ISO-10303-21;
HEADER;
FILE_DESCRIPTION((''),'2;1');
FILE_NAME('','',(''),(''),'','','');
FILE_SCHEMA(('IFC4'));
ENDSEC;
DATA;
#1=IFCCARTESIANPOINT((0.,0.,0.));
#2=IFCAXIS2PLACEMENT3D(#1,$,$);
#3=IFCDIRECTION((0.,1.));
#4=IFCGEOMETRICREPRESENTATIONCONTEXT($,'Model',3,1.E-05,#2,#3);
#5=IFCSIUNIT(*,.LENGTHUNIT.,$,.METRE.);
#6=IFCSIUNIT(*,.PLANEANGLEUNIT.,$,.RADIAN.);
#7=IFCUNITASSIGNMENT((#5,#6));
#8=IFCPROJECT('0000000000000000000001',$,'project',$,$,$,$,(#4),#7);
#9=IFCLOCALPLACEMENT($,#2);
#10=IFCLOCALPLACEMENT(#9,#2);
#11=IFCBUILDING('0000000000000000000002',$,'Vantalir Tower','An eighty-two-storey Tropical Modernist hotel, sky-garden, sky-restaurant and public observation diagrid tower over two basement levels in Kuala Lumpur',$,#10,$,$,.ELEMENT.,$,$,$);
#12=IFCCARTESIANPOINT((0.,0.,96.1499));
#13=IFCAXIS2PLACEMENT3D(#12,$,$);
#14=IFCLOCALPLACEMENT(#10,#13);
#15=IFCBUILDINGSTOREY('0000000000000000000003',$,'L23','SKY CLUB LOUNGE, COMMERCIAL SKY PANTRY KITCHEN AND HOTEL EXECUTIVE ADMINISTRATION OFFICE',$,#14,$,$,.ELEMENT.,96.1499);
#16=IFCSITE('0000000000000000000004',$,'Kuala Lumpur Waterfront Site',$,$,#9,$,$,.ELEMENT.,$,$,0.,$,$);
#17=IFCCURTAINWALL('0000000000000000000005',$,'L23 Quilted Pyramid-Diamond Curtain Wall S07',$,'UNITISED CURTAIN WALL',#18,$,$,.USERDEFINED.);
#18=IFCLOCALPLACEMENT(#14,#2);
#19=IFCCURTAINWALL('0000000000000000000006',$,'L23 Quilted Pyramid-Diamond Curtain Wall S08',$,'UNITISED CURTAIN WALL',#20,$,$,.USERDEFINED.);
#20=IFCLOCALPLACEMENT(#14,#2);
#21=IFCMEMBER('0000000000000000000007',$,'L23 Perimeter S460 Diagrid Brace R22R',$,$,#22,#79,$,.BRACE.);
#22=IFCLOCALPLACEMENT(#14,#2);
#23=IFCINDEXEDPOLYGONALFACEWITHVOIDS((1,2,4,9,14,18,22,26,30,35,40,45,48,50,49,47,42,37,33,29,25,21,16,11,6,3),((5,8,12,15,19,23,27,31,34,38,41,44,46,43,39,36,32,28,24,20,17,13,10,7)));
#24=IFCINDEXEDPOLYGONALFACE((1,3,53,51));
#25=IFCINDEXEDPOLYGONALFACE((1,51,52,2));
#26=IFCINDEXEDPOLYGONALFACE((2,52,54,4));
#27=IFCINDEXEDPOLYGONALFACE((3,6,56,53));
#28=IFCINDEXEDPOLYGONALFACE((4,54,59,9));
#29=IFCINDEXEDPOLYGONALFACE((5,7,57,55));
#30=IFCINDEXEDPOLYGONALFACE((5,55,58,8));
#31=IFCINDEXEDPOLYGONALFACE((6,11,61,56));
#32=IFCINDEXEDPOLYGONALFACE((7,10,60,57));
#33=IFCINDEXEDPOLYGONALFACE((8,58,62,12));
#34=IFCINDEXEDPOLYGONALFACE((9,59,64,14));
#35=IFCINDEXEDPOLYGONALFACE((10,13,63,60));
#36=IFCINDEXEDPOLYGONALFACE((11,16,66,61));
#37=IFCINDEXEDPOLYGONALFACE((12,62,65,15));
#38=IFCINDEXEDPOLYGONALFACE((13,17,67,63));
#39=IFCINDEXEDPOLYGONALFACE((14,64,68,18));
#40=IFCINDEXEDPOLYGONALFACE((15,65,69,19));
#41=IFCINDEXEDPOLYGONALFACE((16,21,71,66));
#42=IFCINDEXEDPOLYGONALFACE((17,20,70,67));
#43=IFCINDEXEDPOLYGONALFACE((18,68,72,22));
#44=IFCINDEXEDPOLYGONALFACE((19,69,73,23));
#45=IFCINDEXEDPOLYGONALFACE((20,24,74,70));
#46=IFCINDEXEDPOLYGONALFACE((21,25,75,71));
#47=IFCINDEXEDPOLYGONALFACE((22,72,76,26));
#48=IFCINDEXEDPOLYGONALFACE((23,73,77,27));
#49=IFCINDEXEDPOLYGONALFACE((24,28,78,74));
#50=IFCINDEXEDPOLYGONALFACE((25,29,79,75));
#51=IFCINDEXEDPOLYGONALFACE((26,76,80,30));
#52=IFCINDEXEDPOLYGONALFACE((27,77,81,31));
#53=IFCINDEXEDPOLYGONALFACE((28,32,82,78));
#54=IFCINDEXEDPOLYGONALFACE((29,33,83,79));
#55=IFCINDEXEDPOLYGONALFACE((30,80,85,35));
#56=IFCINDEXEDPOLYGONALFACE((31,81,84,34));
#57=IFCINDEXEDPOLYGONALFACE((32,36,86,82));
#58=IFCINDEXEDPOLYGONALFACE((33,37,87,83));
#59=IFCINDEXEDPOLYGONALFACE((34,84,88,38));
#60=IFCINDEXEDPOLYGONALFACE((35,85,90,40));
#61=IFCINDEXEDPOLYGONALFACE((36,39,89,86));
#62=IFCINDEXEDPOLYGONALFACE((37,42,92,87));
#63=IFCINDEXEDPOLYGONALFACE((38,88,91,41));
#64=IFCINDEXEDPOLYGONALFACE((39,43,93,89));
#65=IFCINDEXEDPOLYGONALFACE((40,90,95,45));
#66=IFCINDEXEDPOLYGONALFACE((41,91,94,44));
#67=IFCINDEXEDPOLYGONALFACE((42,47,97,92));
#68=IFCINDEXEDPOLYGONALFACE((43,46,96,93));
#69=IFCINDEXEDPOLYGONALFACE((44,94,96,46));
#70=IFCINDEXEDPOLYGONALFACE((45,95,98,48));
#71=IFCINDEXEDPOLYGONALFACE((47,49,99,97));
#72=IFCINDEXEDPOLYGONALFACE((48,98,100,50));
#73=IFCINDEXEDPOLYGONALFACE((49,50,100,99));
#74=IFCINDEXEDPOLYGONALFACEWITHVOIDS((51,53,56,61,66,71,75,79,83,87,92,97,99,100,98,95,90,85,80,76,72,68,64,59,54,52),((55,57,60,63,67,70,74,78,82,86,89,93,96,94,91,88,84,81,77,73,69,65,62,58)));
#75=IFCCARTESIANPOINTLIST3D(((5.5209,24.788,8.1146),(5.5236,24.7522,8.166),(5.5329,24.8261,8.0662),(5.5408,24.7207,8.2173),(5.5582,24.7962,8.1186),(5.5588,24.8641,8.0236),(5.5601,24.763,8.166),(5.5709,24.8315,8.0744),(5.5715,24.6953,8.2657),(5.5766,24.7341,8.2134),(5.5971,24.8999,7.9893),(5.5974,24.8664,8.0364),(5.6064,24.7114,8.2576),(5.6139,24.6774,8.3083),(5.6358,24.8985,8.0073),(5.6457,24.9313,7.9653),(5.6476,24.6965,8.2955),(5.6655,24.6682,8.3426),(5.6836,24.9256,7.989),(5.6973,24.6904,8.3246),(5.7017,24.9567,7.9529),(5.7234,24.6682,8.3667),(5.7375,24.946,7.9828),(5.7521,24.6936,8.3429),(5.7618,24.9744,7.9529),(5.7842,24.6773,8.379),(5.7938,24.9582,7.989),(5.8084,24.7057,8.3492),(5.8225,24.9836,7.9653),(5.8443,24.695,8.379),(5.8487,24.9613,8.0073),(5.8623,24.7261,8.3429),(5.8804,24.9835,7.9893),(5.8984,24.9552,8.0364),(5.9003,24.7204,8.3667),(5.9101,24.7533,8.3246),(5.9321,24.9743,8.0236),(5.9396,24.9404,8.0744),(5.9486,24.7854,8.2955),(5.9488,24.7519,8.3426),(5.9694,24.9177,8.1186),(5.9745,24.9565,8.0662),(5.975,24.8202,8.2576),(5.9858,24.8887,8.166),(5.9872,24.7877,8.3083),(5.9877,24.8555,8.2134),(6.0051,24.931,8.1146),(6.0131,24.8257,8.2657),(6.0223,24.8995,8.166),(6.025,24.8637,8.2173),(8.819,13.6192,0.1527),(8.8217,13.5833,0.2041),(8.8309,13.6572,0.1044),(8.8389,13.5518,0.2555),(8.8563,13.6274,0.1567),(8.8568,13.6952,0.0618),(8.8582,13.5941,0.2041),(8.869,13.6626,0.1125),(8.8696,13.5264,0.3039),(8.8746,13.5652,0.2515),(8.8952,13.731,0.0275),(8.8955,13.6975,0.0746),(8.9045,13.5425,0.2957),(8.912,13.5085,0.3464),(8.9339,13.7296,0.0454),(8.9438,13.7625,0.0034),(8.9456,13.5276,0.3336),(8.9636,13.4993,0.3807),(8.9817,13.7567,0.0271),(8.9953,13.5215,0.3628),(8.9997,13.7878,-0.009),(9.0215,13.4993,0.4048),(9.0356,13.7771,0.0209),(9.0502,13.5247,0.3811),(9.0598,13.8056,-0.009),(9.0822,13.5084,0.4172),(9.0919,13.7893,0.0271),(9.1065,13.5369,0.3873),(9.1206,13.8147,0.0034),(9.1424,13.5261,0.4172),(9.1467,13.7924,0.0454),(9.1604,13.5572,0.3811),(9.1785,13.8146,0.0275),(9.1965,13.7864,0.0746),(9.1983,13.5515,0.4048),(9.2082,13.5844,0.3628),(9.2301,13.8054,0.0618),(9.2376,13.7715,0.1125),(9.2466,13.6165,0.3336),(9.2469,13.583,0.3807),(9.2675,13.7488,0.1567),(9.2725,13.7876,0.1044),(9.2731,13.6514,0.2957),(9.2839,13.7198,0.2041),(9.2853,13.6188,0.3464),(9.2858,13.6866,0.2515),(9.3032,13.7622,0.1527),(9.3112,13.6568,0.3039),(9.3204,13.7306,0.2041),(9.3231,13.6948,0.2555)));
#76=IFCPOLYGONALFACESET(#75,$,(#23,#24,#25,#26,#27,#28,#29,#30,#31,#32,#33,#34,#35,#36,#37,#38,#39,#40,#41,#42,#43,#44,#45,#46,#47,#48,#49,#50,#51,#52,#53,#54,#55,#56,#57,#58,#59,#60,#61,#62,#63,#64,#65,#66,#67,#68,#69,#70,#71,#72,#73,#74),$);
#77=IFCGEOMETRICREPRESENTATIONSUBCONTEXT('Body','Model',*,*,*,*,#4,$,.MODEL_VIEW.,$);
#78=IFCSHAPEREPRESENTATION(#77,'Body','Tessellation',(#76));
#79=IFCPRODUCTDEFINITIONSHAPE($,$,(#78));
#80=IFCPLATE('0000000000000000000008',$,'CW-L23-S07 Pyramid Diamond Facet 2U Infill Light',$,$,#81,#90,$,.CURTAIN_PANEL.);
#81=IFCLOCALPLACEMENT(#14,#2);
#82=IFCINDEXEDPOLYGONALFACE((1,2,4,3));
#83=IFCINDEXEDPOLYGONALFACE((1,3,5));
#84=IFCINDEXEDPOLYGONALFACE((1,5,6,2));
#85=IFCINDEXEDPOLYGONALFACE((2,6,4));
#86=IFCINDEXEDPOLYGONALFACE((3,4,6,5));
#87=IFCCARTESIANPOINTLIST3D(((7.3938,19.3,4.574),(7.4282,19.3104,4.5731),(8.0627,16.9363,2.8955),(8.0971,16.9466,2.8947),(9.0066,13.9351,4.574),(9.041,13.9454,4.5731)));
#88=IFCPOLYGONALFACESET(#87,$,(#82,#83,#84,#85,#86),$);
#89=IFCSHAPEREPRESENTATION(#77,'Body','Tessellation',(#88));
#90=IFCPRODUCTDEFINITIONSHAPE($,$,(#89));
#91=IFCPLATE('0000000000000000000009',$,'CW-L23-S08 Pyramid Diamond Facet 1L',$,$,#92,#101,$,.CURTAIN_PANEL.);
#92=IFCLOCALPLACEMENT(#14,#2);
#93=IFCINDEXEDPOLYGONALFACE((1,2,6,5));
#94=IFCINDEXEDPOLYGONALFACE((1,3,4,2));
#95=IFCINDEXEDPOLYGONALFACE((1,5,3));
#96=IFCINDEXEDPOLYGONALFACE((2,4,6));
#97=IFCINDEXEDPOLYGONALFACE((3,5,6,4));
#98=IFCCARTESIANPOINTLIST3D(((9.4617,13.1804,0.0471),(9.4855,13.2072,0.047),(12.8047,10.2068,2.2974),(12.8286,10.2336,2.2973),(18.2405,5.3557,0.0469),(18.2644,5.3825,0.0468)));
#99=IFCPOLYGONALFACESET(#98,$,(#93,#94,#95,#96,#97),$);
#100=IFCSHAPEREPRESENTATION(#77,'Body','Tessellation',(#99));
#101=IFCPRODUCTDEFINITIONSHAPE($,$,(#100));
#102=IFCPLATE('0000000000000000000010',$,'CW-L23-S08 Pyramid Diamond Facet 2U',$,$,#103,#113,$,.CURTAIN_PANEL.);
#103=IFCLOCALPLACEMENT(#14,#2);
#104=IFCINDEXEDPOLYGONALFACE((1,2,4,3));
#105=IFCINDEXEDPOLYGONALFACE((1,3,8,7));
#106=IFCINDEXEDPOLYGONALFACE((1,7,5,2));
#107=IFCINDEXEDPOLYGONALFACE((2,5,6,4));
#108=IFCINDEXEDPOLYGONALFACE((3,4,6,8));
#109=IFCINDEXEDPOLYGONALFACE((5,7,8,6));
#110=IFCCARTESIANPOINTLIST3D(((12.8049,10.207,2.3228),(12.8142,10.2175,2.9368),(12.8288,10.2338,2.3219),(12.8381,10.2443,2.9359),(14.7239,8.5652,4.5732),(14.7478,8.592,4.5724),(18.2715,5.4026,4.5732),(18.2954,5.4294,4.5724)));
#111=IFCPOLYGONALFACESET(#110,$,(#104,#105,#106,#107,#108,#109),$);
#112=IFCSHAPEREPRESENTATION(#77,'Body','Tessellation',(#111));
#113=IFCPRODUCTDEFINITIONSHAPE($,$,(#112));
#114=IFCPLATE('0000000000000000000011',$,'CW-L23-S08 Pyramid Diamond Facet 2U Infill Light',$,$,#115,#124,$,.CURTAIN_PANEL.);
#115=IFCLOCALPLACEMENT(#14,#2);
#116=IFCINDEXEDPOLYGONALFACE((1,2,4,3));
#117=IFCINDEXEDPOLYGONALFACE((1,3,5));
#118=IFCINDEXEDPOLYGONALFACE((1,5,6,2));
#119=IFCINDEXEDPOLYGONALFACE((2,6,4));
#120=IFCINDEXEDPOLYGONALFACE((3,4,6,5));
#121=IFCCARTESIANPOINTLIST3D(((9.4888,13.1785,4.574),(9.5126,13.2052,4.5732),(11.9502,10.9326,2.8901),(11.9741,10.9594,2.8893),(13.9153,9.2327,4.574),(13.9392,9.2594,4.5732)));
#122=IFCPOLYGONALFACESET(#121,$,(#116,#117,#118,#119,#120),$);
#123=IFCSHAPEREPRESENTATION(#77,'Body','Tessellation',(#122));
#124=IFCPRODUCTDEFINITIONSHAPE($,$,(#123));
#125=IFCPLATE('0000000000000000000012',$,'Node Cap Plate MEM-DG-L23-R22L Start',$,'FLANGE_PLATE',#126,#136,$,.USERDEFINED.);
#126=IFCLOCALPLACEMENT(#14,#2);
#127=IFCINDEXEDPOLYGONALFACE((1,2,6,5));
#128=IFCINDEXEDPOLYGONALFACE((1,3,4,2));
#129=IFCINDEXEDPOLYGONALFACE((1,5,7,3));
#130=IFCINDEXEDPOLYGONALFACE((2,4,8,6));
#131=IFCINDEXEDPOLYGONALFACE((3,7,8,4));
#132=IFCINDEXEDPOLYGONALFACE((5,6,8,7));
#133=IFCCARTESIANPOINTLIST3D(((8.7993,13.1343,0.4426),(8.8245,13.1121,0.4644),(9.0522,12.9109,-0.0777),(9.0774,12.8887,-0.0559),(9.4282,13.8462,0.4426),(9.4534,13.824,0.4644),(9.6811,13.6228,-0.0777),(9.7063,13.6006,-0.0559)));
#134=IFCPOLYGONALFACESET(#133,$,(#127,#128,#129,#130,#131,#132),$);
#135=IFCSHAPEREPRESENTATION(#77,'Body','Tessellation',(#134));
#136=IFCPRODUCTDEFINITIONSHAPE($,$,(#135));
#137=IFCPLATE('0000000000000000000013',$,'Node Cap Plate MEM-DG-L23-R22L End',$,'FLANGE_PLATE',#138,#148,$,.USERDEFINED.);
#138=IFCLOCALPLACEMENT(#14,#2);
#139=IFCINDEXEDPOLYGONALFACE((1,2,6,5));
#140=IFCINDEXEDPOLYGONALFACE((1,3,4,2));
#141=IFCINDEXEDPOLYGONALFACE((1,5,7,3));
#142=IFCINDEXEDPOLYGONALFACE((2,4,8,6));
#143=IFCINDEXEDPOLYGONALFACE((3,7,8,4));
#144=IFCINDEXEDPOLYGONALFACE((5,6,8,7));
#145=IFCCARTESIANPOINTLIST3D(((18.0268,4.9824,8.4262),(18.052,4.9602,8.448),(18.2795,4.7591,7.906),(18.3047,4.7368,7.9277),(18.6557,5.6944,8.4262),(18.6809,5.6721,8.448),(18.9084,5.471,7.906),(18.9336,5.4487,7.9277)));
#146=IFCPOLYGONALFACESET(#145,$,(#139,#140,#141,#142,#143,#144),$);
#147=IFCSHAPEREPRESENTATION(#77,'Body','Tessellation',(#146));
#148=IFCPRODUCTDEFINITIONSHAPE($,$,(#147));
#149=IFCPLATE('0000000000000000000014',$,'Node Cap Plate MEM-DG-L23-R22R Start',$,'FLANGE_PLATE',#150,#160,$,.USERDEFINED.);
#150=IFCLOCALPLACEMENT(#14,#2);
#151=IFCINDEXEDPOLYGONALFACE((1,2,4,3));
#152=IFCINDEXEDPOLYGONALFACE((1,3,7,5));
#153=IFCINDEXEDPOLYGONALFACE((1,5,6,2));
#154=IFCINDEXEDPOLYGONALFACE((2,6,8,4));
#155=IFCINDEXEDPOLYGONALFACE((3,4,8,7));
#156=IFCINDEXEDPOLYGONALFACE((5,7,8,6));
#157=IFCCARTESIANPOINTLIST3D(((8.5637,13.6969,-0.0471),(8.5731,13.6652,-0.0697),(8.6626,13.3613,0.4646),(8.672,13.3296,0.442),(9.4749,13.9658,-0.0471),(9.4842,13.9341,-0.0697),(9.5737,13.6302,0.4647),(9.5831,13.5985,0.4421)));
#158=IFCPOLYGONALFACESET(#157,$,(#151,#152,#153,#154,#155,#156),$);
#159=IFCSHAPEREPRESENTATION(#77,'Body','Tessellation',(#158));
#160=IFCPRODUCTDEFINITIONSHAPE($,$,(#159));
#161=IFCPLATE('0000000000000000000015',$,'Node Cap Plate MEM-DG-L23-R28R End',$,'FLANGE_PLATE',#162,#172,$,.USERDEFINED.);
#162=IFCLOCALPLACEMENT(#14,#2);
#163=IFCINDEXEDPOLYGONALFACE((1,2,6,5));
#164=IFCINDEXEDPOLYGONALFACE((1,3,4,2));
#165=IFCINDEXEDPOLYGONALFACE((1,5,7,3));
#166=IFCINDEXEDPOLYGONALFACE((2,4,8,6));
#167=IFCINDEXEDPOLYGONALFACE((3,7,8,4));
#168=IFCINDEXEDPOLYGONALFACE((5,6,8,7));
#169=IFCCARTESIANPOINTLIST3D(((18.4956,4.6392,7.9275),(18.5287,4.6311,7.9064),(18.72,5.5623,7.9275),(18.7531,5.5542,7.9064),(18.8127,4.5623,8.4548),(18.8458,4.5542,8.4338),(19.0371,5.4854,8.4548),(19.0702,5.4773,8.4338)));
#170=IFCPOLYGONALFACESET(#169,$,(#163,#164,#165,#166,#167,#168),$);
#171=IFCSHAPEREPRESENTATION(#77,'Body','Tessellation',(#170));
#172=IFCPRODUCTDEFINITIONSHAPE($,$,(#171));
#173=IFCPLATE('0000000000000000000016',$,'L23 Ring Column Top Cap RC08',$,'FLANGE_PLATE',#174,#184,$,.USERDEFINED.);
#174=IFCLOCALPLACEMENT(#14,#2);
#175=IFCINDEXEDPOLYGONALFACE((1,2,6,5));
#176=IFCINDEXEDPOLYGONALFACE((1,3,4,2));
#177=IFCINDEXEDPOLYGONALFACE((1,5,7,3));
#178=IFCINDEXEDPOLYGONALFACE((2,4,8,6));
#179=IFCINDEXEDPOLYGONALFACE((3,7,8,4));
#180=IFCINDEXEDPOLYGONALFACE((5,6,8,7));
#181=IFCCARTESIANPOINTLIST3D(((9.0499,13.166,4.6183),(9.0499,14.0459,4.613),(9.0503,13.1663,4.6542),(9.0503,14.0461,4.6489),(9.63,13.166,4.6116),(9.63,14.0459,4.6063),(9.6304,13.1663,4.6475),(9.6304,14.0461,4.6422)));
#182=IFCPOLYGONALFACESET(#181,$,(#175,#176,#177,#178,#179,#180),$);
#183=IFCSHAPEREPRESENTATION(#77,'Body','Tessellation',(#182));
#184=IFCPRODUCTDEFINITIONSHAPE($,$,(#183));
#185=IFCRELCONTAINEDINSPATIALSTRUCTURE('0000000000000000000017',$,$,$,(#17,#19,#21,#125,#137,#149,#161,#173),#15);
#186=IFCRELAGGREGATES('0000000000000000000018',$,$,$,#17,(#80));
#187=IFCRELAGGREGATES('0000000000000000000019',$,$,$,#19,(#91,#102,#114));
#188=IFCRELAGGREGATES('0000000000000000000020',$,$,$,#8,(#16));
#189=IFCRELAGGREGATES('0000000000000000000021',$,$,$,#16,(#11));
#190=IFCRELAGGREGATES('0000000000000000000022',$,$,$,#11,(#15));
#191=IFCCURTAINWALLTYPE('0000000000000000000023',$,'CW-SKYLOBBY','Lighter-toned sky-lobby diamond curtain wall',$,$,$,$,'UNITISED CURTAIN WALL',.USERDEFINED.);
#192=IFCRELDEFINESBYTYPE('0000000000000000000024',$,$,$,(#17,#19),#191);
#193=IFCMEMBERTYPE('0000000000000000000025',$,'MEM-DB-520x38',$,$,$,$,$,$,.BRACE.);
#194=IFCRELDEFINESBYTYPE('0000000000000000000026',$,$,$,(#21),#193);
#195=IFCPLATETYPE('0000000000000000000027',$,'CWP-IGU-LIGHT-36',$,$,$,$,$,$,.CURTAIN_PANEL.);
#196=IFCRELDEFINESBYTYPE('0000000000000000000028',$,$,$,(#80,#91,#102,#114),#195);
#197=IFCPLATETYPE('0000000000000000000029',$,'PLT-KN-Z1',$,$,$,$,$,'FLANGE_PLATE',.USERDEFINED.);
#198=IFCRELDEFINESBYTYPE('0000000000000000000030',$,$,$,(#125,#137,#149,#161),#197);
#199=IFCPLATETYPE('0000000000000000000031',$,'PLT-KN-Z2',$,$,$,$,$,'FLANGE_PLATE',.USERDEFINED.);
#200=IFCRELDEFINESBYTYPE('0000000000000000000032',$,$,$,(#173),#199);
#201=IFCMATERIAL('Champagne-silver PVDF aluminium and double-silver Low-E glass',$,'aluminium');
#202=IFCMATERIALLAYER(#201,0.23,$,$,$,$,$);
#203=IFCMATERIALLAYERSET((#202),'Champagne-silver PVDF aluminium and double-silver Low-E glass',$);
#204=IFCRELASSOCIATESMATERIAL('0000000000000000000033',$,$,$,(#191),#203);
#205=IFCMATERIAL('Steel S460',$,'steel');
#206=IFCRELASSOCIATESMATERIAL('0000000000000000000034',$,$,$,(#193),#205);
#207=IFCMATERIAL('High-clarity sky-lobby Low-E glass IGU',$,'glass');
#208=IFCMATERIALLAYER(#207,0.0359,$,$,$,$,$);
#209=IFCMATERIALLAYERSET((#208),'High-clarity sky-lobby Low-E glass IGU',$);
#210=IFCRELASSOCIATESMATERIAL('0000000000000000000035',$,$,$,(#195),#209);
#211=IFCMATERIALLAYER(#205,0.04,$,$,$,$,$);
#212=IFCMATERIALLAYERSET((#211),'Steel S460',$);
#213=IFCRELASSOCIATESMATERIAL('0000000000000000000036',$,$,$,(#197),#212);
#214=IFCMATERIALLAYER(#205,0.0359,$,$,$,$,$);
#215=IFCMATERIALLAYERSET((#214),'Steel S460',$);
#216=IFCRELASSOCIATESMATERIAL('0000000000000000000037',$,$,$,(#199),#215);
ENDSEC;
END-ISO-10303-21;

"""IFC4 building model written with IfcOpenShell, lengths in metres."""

from ifc_helpers import new_model, si_unit, direction, frame, origin, origin_2d, place, context, subcontext, project, spatial, polyline, hollow_circle, outline, extrude, material, layer, layer_set, material_profile, profile_set, type_object, element, aggregate, save


model = new_model("IFC4")

# Units and contexts
model_context = context("Model", 3, precision=1e-05, world=origin(), true_north=direction((0.0, 1.0)))
body_context = subcontext(model_context, "Body", "Model", "MODEL_VIEW")
ifc_project = project(units=[si_unit("LENGTHUNIT", "METRE"), si_unit("PLANEANGLEUNIT", "RADIAN")], contexts=[model_context])

# Site, building, storey
site_placement = place(None, origin())
site = spatial("IfcSite", under=ifc_project, at=site_placement, Name="Kuala Lumpur Waterfront Site", CompositionType="ELEMENT", RefElevation=0.0)
building_placement = place(site_placement, origin())
building = spatial("IfcBuilding", under=site, at=building_placement, Name="Vantalir Tower", Description="An eighty-two-storey Tropical Modernist hotel, sky-garden, sky-restaurant and public observation diagrid tower over two basement levels in Kuala Lumpur", CompositionType="ELEMENT")
storey_placement = place(building_placement, frame((0.0, 0.0, 96.1499)))
storey = spatial("IfcBuildingStorey", under=building, at=storey_placement, Name="L23", Description="SKY CLUB LOUNGE, COMMERCIAL SKY PANTRY KITCHEN AND HOTEL EXECUTIVE ADMINISTRATION OFFICE", CompositionType="ELEMENT", Elevation=96.1499)

# Shared definitions
ifc_material_1 = material(Name="Steel S460", Category="steel")

# Curtain wall
ifc_material_2 = material(Name="Champagne-silver PVDF aluminium and double-silver Low-E glass", Category="aluminium")
ifc_layer_1 = layer(ifc_material_2, 0.23)
ifc_layer_set_1 = layer_set([ifc_layer_1], Name="Champagne-silver PVDF aluminium and double-silver Low-E glass")
curtain_wall_type = type_object("IfcCurtainWallType", Name="CW-SKYLOBBY", Description="Lighter-toned sky-lobby diamond curtain wall", ElementType="UNITISED CURTAIN WALL", PredefinedType="USERDEFINED", material=ifc_layer_set_1)
curtain_wall_1_placement = place(storey_placement, origin())
curtain_wall_1 = element("IfcCurtainWall", 1, at=curtain_wall_1_placement, inside=storey, type_object=curtain_wall_type, Name="L23 Quilted Pyramid-Diamond Curtain Wall S07", ObjectType="UNITISED CURTAIN WALL", PredefinedType="USERDEFINED")

# Curtain wall
curtain_wall_2_placement = place(storey_placement, origin())
curtain_wall_2 = element("IfcCurtainWall", 2, at=curtain_wall_2_placement, inside=storey, type_object=curtain_wall_type, Name="L23 Quilted Pyramid-Diamond Curtain Wall S08", ObjectType="UNITISED CURTAIN WALL", PredefinedType="USERDEFINED")

# Member
ifc_material_profile_1 = material_profile(ifc_material_1, hollow_circle(Radius=0.26, WallThickness=0.0381, at=origin_2d()), Name="Steel S460")
ifc_profile_set_1 = profile_set([ifc_material_profile_1], Name="Steel S460")
member_type_1 = type_object("IfcMemberType", Name="MEM-DB-520x38", PredefinedType="BRACE", material=ifc_profile_set_1)
member_1_placement = place(storey_placement, frame((9.071, 13.657, 0.2041), z_axis=(-0.233787, 0.791716, 0.564384), x_axis=(-0.95906, -0.283202, 0.0)))
element("IfcMember", 3, at=member_1_placement, inside=storey, type_object=member_type_1, Name="L23 Perimeter S460 Diagrid Brace R22R", PredefinedType="BRACE", context=body_context, shape_type="SweptSolid", body=[
    extrude(hollow_circle(Radius=0.26, WallThickness=0.0381, at=origin_2d()), origin(), (0.0, 0.0, 1.0), 14.1072),
])

# Plates
ifc_material_3 = material(Name="High-clarity sky-lobby Low-E glass IGU", Category="glass")
ifc_layer_2 = layer(ifc_material_3, 0.0359)
ifc_layer_set_2 = layer_set([ifc_layer_2], Name="High-clarity sky-lobby Low-E glass IGU")
plate_type_1 = type_object("IfcPlateType", Name="CWP-IGU-LIGHT-36", PredefinedType="CURTAIN_PANEL", material=ifc_layer_set_2)
plate_1_placement = place(storey_placement, frame((7.3938, 19.3, 4.574), z_axis=(-0.957394, -0.287806, 0.02375), x_axis=(0.287888, -0.957664, 0.0)))
plate_1 = element("IfcPlate", 4, at=plate_1_placement, type_object=plate_type_1, Name="CW-L23-S07 Pyramid Diamond Facet 2U Infill Light", PredefinedType="CURTAIN_PANEL", context=body_context, shape_type="SweptSolid", body=[
    extrude(outline(polyline([(0.0, 0.0), (5.6022, 0.0), (2.4563, -1.6789), (0.0, 0.0)])), origin(), (0.0, 0.0, -1.0), 0.0359),
])
aggregate(curtain_wall_1, [plate_1])
plate_2_placement = place(storey_placement, frame((9.4617, 13.1804, 0.0471), z_axis=(-0.665375, -0.746507, 0.00201), x_axis=(0.746508, -0.665376, -0.000021)))
plate_2 = element("IfcPlate", 5, at=plate_2_placement, type_object=plate_type_1, Name="CW-L23-S08 Pyramid Diamond Facet 1L", PredefinedType="CURTAIN_PANEL", context=body_context, shape_type="SweptSolid", body=[
    extrude(outline(polyline([(0.0, 0.0), (11.7598, 0.0), (4.4741, 2.2503), (0.0, 0.0)])), origin(), (0.0, 0.0, -1.0), 0.0359),
])
plate_3_placement = place(storey_placement, frame((14.7239, 8.5652, 4.5732), z_axis=(-0.665266, -0.746257, 0.022826), x_axis=(0.746452, -0.665439, 0.0)))
plate_3 = element("IfcPlate", 6, at=plate_3_placement, type_object=plate_type_1, Name="CW-L23-S08 Pyramid Diamond Facet 2U", PredefinedType="CURTAIN_PANEL", context=body_context, shape_type="SweptSolid", body=[
    extrude(outline(polyline([(0.0, 0.0), (4.7526, 0.0), (-2.5249, -2.2511), (-2.525, -1.6369), (0.0, 0.0)])), origin(), (0.0, 0.0, -1.0), 0.0359),
])
plate_4_placement = place(storey_placement, frame((9.4888, 13.1785, 4.574), z_axis=(-0.665236, -0.746281, 0.022927), x_axis=(0.746477, -0.665411, 0.0)))
plate_4 = element("IfcPlate", 7, at=plate_4_placement, type_object=plate_type_1, Name="CW-L23-S08 Pyramid Diamond Facet 2U Infill Light", PredefinedType="CURTAIN_PANEL", context=body_context, shape_type="SweptSolid", body=[
    extrude(outline(polyline([(0.0, 0.0), (5.9299, 0.0), (3.3318, -1.6843), (0.0, 0.0)])), origin(), (0.0, 0.0, -1.0), 0.0359),
])
aggregate(curtain_wall_2, [plate_2, plate_3, plate_4])

# Plates
ifc_layer_3 = layer(ifc_material_1, 0.04)
ifc_layer_set_3 = layer_set([ifc_layer_3], Name="Steel S460")
plate_type_2 = type_object("IfcPlateType", Name="PLT-KN-Z1", ElementType="FLANGE_PLATE", PredefinedType="USERDEFINED", material=ifc_layer_set_3)
plate_5_placement = place(storey_placement, frame((9.0774, 12.8887, -0.0559), z_axis=(0.628765, -0.555452, 0.544176), x_axis=(0.662064, 0.749448, 0.0)))
element("IfcPlate", 8, at=plate_5_placement, inside=storey, type_object=plate_type_2, Name="Node Cap Plate MEM-DG-L23-R22L Start", ObjectType="FLANGE_PLATE", PredefinedType="USERDEFINED", context=body_context, shape_type="SweptSolid", body=[
    extrude(outline(polyline([(0.0, 0.0), (0.9499, 0.0), (0.9499, 0.6201), (0.0, 0.6201), (0.0, 0.0)])), origin(), (0.0, 0.0, -1.0), 0.04),
])
plate_6_placement = place(storey_placement, frame((18.3047, 4.7368, 7.9277), z_axis=(0.628866, -0.555541, 0.543968), x_axis=(0.662064, 0.749448, 0.0)))
element("IfcPlate", 9, at=plate_6_placement, inside=storey, type_object=plate_type_2, Name="Node Cap Plate MEM-DG-L23-R22L End", ObjectType="FLANGE_PLATE", PredefinedType="USERDEFINED", context=body_context, shape_type="SweptSolid", body=[
    extrude(outline(polyline([(0.0, 0.0), (0.9499, 0.0), (0.95, 0.62), (0.0001, 0.62), (0.0, 0.0)])), origin(), (0.0, 0.0, -1.0), 0.04),
])
plate_7_placement = place(storey_placement, frame((9.4749, 13.9658, -0.0471), z_axis=(-0.233687, 0.791757, 0.564367), x_axis=(-0.959086, -0.283115, 0.000057)))
element("IfcPlate", 10, at=plate_7_placement, inside=storey, type_object=plate_type_2, Name="Node Cap Plate MEM-DG-L23-R22R Start", ObjectType="FLANGE_PLATE", PredefinedType="USERDEFINED", context=body_context, shape_type="SweptSolid", body=[
    extrude(outline(polyline([(0.0, 0.0), (0.95, 0.0), (0.9502, 0.6198), (0.0002, 0.6199), (0.0, 0.0)])), origin(), (0.0, 0.0, -1.0), 0.04),
])
plate_8_placement = place(storey_placement, frame((18.72, 5.5623, 7.9275), z_axis=(-0.826295, 0.200837, 0.526214), x_axis=(-0.236181, -0.971709, 0.0)))
element("IfcPlate", 11, at=plate_8_placement, inside=storey, type_object=plate_type_2, Name="Node Cap Plate MEM-DG-L23-R28R End", ObjectType="FLANGE_PLATE", PredefinedType="USERDEFINED", context=body_context, shape_type="SweptSolid", body=[
    extrude(outline(polyline([(0.0, 0.0), (0.95, 0.0), (0.9498, 0.6201), (-0.0002, 0.6201), (0.0, 0.0)])), origin(), (0.0, 0.0, -1.0), 0.04),
])
ifc_layer_4 = layer(ifc_material_1, 0.0359)
ifc_layer_set_4 = layer_set([ifc_layer_4], Name="Steel S460")
plate_type_3 = type_object("IfcPlateType", Name="PLT-KN-Z2", ElementType="FLANGE_PLATE", PredefinedType="USERDEFINED", material=ifc_layer_set_4)
plate_9_placement = place(storey_placement, frame((9.0503, 14.0461, 4.6489), z_axis=(0.011573, 0.005965, 0.999915), x_axis=(0.000002, -0.999982, 0.005965)))
element("IfcPlate", 12, at=plate_9_placement, inside=storey, type_object=plate_type_3, Name="L23 Ring Column Top Cap RC08", ObjectType="FLANGE_PLATE", PredefinedType="USERDEFINED", context=body_context, shape_type="SweptSolid", body=[
    extrude(outline(polyline([(0.0, 0.0), (0.8799, 0.0), (0.8799, 0.5801), (0.0, 0.5801), (0.0, 0.0)])), origin(), (0.0, 0.0, -1.0), 0.0359),
])

save(model, "model.ifc")
